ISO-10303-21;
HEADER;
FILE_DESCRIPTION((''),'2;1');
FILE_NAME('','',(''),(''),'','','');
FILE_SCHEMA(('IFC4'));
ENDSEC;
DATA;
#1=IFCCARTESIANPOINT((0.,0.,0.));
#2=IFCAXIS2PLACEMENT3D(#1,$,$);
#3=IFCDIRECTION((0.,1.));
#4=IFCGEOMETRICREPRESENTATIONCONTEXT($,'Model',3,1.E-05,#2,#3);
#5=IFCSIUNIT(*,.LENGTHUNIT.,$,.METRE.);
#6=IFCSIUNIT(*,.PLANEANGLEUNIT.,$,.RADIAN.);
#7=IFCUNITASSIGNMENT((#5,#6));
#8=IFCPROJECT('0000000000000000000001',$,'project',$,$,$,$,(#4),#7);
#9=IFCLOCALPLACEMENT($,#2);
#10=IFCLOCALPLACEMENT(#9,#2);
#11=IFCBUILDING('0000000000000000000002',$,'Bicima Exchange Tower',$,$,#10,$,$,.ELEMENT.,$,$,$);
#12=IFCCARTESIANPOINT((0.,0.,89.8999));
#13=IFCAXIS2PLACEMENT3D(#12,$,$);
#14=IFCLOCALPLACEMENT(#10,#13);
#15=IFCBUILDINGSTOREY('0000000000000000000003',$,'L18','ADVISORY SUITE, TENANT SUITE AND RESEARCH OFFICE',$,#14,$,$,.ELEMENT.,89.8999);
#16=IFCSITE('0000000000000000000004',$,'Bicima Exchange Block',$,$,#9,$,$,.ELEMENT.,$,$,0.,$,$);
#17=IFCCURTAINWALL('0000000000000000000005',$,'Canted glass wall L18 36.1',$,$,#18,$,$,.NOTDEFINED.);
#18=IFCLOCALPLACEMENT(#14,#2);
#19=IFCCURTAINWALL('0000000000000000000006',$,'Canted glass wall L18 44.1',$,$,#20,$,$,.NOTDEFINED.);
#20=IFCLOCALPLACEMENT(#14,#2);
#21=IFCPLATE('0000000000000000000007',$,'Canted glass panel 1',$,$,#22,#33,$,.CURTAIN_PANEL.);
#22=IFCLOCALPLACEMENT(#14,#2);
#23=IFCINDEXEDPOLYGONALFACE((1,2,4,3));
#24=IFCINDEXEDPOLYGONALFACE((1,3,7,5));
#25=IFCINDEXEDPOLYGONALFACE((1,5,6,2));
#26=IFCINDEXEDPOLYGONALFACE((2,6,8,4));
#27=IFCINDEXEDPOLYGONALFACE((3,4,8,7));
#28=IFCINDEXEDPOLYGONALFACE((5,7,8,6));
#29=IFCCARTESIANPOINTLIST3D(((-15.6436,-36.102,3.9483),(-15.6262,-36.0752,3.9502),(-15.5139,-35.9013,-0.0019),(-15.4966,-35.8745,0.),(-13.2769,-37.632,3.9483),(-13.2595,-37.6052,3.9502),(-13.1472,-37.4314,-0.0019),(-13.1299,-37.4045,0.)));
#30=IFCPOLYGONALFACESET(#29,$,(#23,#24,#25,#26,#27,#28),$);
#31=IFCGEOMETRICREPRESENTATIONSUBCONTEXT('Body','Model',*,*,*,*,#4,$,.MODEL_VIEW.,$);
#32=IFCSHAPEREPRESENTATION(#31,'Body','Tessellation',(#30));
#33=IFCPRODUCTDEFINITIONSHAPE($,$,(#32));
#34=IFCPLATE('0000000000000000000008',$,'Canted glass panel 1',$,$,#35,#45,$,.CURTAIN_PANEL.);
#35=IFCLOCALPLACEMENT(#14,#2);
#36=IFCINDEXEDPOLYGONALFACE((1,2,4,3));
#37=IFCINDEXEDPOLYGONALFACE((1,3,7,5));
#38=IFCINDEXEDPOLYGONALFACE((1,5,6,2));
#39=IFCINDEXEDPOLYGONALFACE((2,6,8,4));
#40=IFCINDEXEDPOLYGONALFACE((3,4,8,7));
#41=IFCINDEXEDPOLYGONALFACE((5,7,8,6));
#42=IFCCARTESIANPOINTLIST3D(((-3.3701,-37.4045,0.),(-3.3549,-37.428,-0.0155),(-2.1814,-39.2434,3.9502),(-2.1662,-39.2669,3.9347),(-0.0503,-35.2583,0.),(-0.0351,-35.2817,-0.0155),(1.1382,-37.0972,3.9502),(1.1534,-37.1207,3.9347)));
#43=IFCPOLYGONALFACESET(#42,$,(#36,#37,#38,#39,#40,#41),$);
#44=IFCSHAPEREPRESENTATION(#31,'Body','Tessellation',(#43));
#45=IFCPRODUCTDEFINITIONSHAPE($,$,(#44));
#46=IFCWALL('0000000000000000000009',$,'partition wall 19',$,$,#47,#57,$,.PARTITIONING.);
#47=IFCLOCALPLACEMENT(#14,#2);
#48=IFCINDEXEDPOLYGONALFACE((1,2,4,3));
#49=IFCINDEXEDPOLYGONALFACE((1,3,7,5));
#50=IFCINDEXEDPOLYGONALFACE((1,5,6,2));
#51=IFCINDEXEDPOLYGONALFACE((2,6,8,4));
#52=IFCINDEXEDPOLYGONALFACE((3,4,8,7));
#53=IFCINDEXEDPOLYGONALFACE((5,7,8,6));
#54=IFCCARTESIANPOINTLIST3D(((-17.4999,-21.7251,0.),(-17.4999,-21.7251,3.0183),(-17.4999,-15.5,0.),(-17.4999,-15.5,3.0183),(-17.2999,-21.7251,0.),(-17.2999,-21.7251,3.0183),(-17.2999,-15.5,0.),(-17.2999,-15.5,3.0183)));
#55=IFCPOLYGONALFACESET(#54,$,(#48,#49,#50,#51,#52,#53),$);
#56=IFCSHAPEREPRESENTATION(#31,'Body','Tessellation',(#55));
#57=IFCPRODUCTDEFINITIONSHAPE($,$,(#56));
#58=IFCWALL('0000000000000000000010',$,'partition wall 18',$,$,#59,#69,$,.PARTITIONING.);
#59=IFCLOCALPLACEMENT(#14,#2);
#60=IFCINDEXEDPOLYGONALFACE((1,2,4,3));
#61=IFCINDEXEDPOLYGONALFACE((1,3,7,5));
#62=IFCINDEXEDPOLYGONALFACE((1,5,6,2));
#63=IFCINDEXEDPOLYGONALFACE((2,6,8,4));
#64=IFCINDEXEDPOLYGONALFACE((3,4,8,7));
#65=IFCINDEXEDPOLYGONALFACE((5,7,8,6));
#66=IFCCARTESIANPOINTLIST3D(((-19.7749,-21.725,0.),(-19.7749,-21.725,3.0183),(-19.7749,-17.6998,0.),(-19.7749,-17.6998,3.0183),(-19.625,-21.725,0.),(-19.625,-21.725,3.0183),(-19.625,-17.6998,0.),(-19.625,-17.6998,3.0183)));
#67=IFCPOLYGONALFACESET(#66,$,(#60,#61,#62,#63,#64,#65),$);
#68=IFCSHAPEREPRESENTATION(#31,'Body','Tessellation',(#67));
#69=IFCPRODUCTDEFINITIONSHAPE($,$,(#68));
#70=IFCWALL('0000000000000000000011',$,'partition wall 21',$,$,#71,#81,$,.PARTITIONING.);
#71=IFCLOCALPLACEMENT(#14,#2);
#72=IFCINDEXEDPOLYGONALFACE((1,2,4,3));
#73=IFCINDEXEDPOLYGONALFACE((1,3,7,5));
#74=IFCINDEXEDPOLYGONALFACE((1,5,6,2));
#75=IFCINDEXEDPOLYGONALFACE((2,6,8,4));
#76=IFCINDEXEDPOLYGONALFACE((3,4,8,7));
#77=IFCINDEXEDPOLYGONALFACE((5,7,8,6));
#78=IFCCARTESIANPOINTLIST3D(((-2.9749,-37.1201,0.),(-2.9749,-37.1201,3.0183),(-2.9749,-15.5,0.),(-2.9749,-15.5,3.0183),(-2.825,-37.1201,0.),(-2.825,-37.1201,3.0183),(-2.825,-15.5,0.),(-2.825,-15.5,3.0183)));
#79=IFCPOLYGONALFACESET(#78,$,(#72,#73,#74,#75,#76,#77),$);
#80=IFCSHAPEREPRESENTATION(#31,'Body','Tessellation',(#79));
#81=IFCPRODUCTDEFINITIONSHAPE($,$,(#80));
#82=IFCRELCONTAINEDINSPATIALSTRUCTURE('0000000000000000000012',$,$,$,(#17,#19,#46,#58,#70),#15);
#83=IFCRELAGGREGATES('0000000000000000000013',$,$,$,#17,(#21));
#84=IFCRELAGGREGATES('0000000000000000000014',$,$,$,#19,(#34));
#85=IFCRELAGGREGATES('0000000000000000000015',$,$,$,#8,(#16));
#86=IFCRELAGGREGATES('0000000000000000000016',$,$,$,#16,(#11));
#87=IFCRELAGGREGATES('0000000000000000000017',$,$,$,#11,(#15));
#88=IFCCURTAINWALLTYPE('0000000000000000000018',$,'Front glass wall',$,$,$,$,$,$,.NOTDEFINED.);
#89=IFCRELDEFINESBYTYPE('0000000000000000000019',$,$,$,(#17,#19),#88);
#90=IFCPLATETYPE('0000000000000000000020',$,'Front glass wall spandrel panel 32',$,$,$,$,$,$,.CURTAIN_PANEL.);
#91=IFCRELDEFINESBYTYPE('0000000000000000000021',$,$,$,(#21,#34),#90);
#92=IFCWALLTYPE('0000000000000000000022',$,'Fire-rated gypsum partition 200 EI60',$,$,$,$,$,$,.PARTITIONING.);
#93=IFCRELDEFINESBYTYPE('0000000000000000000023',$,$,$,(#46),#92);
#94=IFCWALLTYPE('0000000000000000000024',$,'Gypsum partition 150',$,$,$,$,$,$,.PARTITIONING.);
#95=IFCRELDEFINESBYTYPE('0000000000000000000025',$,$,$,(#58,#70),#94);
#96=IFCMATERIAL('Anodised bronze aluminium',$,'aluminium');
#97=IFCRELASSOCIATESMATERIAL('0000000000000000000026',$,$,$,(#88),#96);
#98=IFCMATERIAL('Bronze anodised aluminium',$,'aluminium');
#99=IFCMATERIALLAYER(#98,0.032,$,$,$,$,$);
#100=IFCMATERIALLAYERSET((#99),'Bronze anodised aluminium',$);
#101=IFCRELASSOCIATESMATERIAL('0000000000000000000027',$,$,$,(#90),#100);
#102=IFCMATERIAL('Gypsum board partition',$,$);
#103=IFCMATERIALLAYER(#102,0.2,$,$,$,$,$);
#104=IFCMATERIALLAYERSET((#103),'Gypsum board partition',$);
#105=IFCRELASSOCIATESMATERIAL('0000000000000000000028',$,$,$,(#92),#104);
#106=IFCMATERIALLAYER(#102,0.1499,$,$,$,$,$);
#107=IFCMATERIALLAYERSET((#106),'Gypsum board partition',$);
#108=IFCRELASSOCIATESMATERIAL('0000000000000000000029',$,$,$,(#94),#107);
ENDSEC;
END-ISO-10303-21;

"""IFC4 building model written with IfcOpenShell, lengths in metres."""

from ifc_helpers import new_model, si_unit, direction, frame, frame_2d, origin, place, context, subcontext, project, spatial, polyline, rectangle, outline, extrude, material, layer, layer_set, type_object, element, aggregate, save


model = new_model("IFC4")

# Units and contexts
model_context = context("Model", 3, precision=1e-05, world=origin(), true_north=direction((0.0, 1.0)))
body_context = subcontext(model_context, "Body", "Model", "MODEL_VIEW")
ifc_project = project(units=[si_unit("LENGTHUNIT", "METRE"), si_unit("PLANEANGLEUNIT", "RADIAN")], contexts=[model_context])

# Site, building, storey
site_placement = place(None, origin())
site = spatial("IfcSite", under=ifc_project, at=site_placement, Name="Bicima Exchange Block", CompositionType="ELEMENT", RefElevation=0.0)
building_placement = place(site_placement, origin())
building = spatial("IfcBuilding", under=site, at=building_placement, Name="Bicima Exchange Tower", CompositionType="ELEMENT")
storey_placement = place(building_placement, frame((0.0, 0.0, 89.8999)))
storey = spatial("IfcBuildingStorey", under=building, at=storey_placement, Name="L18", Description="ADVISORY SUITE, TENANT SUITE AND RESEARCH OFFICE", CompositionType="ELEMENT", Elevation=89.8999)

# Curtain wall
ifc_material_1 = material(Name="Anodised bronze aluminium", Category="aluminium")
curtain_wall_type = type_object("IfcCurtainWallType", Name="Front glass wall", PredefinedType="NOTDEFINED", material=ifc_material_1)
curtain_wall_1_placement = place(storey_placement, origin())
curtain_wall_1 = element("IfcCurtainWall", 1, at=curtain_wall_1_placement, inside=storey, type_object=curtain_wall_type, Name="Canted glass wall L18 36.1", PredefinedType="NOTDEFINED")

# Curtain wall
curtain_wall_2_placement = place(storey_placement, origin())
curtain_wall_2 = element("IfcCurtainWall", 2, at=curtain_wall_2_placement, inside=storey, type_object=curtain_wall_type, Name="Canted glass wall L18 44.1", PredefinedType="NOTDEFINED")

# Plates
ifc_material_2 = material(Name="Bronze anodised aluminium", Category="aluminium")
ifc_layer_1 = layer(ifc_material_2, 0.032)
ifc_layer_set_1 = layer_set([ifc_layer_1], Name="Bronze anodised aluminium")
plate_type = type_object("IfcPlateType", Name="Front glass wall spandrel panel 32", PredefinedType="CURTAIN_PANEL", material=ifc_layer_set_1)
plate_1_placement = place(storey_placement, frame((-15.4966, -35.8745, 0.0), z_axis=(0.54192, 0.838259, 0.060371), x_axis=(0.839791, -0.54291, 0.0)))
plate_1 = element("IfcPlate", 3, at=plate_1_placement, type_object=plate_type, Name="Canted glass panel 1", PredefinedType="CURTAIN_PANEL", context=body_context, shape_type="SweptSolid", body=[
    extrude(outline(polyline([(0.0, 0.0), (2.8182, 0.0), (2.8183, -3.9574), (0.0001, -3.9574), (0.0, 0.0)])), origin(), (0.0, 0.0, -1.0), 0.032),
])
aggregate(curtain_wall_1, [plate_1])
plate_2_placement = place(storey_placement, frame((-3.3701, -37.4045, 0.0), z_axis=(-0.47486, 0.734491, 0.484799), x_axis=(0.83978, 0.542927, 0.000007)))
plate_2 = element("IfcPlate", 4, at=plate_2_placement, type_object=plate_type, Name="Canted glass panel 1", PredefinedType="CURTAIN_PANEL", context=body_context, shape_type="SweptSolid", body=[
    extrude(outline(polyline([(0.0, 0.0), (3.9532, 0.0), (3.9529, -4.5164), (-0.0001, -4.5165), (0.0, 0.0)])), origin(), (0.0, 0.0, -1.0), 0.032),
])
aggregate(curtain_wall_2, [plate_2])

# Walls
ifc_material_3 = material(Name="Gypsum board partition")
ifc_layer_2 = layer(ifc_material_3, 0.2)
ifc_layer_set_2 = layer_set([ifc_layer_2], Name="Gypsum board partition")
wall_type_1 = type_object("IfcWallType", Name="Fire-rated gypsum partition 200 EI60", PredefinedType="PARTITIONING", material=ifc_layer_set_2)
wall_1_placement = place(storey_placement, frame((-17.3999, -21.7251, 0.0), z_axis=(0.0, 0.0, 1.0), x_axis=(0.0, 1.0, 0.0)))
element("IfcWall", 5, at=wall_1_placement, inside=storey, type_object=wall_type_1, Name="partition wall 19", PredefinedType="PARTITIONING", context=body_context, shape_type="SweptSolid", body=[
    extrude(rectangle(XDim=6.2251, YDim=0.2, at=frame_2d((3.1125, 0.0))), origin(), (0.0, 0.0, 1.0), 3.0183),
])
ifc_layer_3 = layer(ifc_material_3, 0.1499)
ifc_layer_set_3 = layer_set([ifc_layer_3], Name="Gypsum board partition")
wall_type_2 = type_object("IfcWallType", Name="Gypsum partition 150", PredefinedType="PARTITIONING", material=ifc_layer_set_3)
wall_2_placement = place(storey_placement, frame((-19.7, -21.7251, 0.0), z_axis=(0.0, 0.0, 1.0), x_axis=(0.0, 1.0, 0.0)))
element("IfcWall", 6, at=wall_2_placement, inside=storey, type_object=wall_type_2, Name="partition wall 18", PredefinedType="PARTITIONING", context=body_context, shape_type="SweptSolid", body=[
    extrude(rectangle(XDim=4.0251, YDim=0.1499, at=frame_2d((2.0127, 0.0))), origin(), (0.0, 0.0, 1.0), 3.0183),
])
wall_3_placement = place(storey_placement, frame((-2.8999, -37.1201, 0.0), z_axis=(0.0, 0.0, 1.0), x_axis=(0.0, 1.0, 0.0)))
element("IfcWall", 7, at=wall_3_placement, inside=storey, type_object=wall_type_2, Name="partition wall 21", PredefinedType="PARTITIONING", context=body_context, shape_type="SweptSolid", body=[
    extrude(rectangle(XDim=21.6201, YDim=0.1499, at=frame_2d((10.8101, 0.0))), origin(), (0.0, 0.0, 1.0), 3.0183),
])

save(model, "model.ifc")
